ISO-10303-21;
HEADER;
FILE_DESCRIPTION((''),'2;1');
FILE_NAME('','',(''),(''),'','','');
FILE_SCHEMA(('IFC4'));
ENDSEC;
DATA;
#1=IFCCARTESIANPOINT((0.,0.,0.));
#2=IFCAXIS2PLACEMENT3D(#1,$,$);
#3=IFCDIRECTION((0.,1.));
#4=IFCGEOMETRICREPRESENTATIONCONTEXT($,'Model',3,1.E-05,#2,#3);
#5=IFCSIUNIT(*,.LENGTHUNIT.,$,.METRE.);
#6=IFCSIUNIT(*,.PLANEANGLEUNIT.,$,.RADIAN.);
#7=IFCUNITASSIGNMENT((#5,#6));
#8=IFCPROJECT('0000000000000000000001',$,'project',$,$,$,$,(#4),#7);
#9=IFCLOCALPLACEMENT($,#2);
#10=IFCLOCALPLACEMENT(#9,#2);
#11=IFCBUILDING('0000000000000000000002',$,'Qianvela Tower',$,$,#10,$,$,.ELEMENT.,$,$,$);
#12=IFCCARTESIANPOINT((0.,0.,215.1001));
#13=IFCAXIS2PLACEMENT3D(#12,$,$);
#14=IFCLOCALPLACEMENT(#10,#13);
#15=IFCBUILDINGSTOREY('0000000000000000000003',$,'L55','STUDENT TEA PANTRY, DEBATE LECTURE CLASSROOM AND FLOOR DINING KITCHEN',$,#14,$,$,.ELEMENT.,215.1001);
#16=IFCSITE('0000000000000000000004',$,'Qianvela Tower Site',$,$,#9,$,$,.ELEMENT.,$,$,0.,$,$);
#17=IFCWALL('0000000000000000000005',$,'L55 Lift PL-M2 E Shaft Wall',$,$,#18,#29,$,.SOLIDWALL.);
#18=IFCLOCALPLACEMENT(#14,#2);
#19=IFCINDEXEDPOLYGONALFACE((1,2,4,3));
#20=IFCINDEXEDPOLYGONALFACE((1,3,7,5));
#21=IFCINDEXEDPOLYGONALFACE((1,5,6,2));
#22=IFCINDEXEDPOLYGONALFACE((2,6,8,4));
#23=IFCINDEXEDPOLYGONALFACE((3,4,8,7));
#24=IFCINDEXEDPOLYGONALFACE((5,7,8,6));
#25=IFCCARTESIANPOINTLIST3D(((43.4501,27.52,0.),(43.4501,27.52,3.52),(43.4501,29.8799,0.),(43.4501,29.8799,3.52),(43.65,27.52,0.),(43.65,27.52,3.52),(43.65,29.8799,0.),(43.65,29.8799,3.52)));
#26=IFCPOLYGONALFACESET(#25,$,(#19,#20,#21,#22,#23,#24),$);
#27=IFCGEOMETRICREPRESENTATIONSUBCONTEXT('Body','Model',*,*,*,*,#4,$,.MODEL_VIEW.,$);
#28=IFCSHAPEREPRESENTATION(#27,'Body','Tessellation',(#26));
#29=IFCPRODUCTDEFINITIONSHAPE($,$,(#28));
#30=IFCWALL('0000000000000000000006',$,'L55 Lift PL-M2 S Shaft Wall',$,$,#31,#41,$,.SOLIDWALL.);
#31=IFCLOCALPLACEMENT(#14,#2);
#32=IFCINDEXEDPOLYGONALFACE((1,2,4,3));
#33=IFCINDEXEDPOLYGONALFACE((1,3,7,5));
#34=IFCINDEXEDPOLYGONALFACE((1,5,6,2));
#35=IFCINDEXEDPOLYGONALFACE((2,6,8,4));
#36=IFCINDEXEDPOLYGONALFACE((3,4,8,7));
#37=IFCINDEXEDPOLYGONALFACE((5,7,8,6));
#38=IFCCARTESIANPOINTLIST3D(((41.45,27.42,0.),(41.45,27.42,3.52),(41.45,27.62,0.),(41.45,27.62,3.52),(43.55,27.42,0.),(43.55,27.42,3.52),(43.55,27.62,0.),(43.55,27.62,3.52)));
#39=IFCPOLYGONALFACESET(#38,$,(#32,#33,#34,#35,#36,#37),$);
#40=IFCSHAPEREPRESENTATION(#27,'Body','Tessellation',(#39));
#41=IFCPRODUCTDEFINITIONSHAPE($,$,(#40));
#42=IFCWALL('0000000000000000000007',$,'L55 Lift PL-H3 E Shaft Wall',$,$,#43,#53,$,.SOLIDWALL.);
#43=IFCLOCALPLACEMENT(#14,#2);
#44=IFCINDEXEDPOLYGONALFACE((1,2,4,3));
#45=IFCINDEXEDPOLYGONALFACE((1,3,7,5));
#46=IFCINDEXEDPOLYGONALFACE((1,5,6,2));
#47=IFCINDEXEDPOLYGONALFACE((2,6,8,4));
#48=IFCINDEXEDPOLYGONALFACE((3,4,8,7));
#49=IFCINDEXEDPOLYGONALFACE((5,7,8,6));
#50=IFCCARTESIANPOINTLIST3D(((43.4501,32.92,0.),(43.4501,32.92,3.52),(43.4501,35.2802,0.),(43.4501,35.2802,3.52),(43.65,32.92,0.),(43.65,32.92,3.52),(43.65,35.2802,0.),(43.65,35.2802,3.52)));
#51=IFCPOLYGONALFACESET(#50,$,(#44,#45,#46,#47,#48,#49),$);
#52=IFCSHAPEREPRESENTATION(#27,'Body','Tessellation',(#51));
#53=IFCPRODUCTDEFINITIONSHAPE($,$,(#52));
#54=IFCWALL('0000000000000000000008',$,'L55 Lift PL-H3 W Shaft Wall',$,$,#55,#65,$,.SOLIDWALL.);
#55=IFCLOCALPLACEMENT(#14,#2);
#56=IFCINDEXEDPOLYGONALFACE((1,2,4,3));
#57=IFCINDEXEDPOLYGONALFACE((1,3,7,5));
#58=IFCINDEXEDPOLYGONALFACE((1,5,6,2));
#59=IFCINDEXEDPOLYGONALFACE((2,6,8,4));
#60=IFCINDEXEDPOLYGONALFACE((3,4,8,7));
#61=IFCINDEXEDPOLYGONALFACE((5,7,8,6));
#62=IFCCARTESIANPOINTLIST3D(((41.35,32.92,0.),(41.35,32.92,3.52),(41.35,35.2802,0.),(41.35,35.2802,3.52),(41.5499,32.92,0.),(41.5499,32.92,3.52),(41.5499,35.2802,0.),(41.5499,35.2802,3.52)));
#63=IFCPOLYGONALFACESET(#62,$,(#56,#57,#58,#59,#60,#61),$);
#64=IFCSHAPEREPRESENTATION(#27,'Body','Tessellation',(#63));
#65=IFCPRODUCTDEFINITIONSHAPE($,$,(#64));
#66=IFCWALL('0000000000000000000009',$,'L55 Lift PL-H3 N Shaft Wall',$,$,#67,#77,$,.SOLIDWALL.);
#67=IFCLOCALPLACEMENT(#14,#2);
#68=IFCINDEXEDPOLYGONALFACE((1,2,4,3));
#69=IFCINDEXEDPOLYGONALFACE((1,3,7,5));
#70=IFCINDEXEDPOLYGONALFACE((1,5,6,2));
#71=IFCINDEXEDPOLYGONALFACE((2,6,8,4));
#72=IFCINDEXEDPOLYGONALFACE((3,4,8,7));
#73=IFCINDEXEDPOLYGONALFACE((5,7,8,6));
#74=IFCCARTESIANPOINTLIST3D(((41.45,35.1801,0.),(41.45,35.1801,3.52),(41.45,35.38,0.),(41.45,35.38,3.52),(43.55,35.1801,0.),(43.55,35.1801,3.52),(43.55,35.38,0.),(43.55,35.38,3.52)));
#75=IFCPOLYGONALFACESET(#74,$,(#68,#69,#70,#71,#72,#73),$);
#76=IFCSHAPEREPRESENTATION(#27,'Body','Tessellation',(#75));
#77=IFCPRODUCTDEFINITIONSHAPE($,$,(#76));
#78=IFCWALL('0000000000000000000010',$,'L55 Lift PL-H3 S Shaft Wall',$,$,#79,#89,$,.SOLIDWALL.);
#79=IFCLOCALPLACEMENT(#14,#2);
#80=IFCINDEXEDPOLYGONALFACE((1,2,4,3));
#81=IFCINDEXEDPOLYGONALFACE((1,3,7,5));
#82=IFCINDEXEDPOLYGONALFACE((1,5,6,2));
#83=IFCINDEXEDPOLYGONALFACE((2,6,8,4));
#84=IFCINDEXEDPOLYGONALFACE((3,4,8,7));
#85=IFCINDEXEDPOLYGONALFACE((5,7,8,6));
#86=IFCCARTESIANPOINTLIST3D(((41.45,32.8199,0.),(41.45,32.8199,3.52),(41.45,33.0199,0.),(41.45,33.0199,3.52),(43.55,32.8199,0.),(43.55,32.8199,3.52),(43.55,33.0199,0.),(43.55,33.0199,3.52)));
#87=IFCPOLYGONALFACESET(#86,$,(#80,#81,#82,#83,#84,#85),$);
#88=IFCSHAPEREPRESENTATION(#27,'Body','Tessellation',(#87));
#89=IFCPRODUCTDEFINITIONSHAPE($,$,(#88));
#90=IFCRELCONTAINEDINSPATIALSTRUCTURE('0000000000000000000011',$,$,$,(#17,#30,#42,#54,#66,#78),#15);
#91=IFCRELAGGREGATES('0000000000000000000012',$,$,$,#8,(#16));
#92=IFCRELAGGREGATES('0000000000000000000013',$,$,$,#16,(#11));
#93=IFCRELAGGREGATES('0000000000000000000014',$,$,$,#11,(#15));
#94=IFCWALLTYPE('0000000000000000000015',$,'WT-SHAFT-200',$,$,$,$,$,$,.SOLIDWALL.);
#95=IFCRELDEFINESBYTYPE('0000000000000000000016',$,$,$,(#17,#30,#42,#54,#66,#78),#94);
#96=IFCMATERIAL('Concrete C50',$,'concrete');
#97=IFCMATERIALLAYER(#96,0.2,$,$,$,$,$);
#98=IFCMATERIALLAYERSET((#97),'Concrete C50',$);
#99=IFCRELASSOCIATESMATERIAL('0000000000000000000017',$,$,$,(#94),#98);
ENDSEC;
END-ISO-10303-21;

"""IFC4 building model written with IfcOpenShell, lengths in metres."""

from ifc_helpers import new_model, si_unit, direction, frame, frame_2d, origin, place, context, subcontext, project, spatial, rectangle, extrude, material, layer, layer_set, type_object, element, save


model = new_model("IFC4")

# Units and contexts
model_context = context("Model", 3, precision=1e-05, world=origin(), true_north=direction((0.0, 1.0)))
body_context = subcontext(model_context, "Body", "Model", "MODEL_VIEW")
ifc_project = project(units=[si_unit("LENGTHUNIT", "METRE"), si_unit("PLANEANGLEUNIT", "RADIAN")], contexts=[model_context])

# Site, building, storey
site_placement = place(None, origin())
site = spatial("IfcSite", under=ifc_project, at=site_placement, Name="Qianvela Tower Site", CompositionType="ELEMENT", RefElevation=0.0)
building_placement = place(site_placement, origin())
building = spatial("IfcBuilding", under=site, at=building_placement, Name="Qianvela Tower", CompositionType="ELEMENT")
storey_placement = place(building_placement, frame((0.0, 0.0, 215.1001)))
storey = spatial("IfcBuildingStorey", under=building, at=storey_placement, Name="L55", Description="STUDENT TEA PANTRY, DEBATE LECTURE CLASSROOM AND FLOOR DINING KITCHEN", CompositionType="ELEMENT", Elevation=215.1001)

# Shared definitions
ifc_material_1 = material(Name="Concrete C50", Category="concrete")
ifc_layer_1 = layer(ifc_material_1, 0.2)
ifc_layer_set_1 = layer_set([ifc_layer_1], Name="Concrete C50")
wall_type_1 = type_object("IfcWallType", Name="WT-SHAFT-200", PredefinedType="SOLIDWALL", material=ifc_layer_set_1)

# Walls
wall_1_placement = place(storey_placement, frame((43.55, 27.52, 0.0), z_axis=(0.0, 0.0, 1.0), x_axis=(0.0, 1.0, 0.0)))
element("IfcWall", 1, at=wall_1_placement, inside=storey, type_object=wall_type_1, Name="L55 Lift PL-M2 E Shaft Wall", PredefinedType="SOLIDWALL", context=body_context, shape_type="SweptSolid", body=[
    extrude(rectangle(XDim=2.3599, YDim=0.2, at=frame_2d((1.1799, 0.0))), origin(), (0.0, 0.0, 1.0), 3.52),
])
wall_2_placement = place(storey_placement, frame((41.45, 27.52, 0.0), z_axis=(0.0, 0.0, 1.0), x_axis=(1.0, 0.0, 0.0)))
element("IfcWall", 2, at=wall_2_placement, inside=storey, type_object=wall_type_1, Name="L55 Lift PL-M2 S Shaft Wall", PredefinedType="SOLIDWALL", context=body_context, shape_type="SweptSolid", body=[
    extrude(rectangle(XDim=2.1001, YDim=0.2, at=frame_2d((1.05, 0.0))), origin(), (0.0, 0.0, 1.0), 3.52),
])
for number, where, z_axis, x_axis, name in (
    (3, (43.55, 32.9199, 0.0), (0.0, 0.0, 1.0), (0.0, 1.0, 0.0), "L55 Lift PL-H3 E Shaft Wall"),
    (4, (41.45, 32.9199, 0.0), (0.0, 0.0, 1.0), (0.0, 1.0, 0.0), "L55 Lift PL-H3 W Shaft Wall"),
):
    element("IfcWall", number, at=place(storey_placement, frame(where, z_axis=z_axis, x_axis=x_axis)), inside=storey, type_object=wall_type_1, Name=name, PredefinedType="SOLIDWALL", context=body_context, shape_type="SweptSolid", body=[
        extrude(rectangle(XDim=2.3601, YDim=0.2, at=frame_2d((1.1802, 0.0))), origin(), (0.0, 0.0, 1.0), 3.52),
    ])
for number, where, z_axis, x_axis, name in (
    (5, (41.45, 35.28, 0.0), (0.0, 0.0, 1.0), (1.0, 0.0, 0.0), "L55 Lift PL-H3 N Shaft Wall"),
    (6, (41.45, 32.9199, 0.0), (0.0, 0.0, 1.0), (1.0, 0.0, 0.0), "L55 Lift PL-H3 S Shaft Wall"),
):
    element("IfcWall", number, at=place(storey_placement, frame(where, z_axis=z_axis, x_axis=x_axis)), inside=storey, type_object=wall_type_1, Name=name, PredefinedType="SOLIDWALL", context=body_context, shape_type="SweptSolid", body=[
        extrude(rectangle(XDim=2.1001, YDim=0.2, at=frame_2d((1.05, 0.0))), origin(), (0.0, 0.0, 1.0), 3.52),
    ])

save(model, "model.ifc")
